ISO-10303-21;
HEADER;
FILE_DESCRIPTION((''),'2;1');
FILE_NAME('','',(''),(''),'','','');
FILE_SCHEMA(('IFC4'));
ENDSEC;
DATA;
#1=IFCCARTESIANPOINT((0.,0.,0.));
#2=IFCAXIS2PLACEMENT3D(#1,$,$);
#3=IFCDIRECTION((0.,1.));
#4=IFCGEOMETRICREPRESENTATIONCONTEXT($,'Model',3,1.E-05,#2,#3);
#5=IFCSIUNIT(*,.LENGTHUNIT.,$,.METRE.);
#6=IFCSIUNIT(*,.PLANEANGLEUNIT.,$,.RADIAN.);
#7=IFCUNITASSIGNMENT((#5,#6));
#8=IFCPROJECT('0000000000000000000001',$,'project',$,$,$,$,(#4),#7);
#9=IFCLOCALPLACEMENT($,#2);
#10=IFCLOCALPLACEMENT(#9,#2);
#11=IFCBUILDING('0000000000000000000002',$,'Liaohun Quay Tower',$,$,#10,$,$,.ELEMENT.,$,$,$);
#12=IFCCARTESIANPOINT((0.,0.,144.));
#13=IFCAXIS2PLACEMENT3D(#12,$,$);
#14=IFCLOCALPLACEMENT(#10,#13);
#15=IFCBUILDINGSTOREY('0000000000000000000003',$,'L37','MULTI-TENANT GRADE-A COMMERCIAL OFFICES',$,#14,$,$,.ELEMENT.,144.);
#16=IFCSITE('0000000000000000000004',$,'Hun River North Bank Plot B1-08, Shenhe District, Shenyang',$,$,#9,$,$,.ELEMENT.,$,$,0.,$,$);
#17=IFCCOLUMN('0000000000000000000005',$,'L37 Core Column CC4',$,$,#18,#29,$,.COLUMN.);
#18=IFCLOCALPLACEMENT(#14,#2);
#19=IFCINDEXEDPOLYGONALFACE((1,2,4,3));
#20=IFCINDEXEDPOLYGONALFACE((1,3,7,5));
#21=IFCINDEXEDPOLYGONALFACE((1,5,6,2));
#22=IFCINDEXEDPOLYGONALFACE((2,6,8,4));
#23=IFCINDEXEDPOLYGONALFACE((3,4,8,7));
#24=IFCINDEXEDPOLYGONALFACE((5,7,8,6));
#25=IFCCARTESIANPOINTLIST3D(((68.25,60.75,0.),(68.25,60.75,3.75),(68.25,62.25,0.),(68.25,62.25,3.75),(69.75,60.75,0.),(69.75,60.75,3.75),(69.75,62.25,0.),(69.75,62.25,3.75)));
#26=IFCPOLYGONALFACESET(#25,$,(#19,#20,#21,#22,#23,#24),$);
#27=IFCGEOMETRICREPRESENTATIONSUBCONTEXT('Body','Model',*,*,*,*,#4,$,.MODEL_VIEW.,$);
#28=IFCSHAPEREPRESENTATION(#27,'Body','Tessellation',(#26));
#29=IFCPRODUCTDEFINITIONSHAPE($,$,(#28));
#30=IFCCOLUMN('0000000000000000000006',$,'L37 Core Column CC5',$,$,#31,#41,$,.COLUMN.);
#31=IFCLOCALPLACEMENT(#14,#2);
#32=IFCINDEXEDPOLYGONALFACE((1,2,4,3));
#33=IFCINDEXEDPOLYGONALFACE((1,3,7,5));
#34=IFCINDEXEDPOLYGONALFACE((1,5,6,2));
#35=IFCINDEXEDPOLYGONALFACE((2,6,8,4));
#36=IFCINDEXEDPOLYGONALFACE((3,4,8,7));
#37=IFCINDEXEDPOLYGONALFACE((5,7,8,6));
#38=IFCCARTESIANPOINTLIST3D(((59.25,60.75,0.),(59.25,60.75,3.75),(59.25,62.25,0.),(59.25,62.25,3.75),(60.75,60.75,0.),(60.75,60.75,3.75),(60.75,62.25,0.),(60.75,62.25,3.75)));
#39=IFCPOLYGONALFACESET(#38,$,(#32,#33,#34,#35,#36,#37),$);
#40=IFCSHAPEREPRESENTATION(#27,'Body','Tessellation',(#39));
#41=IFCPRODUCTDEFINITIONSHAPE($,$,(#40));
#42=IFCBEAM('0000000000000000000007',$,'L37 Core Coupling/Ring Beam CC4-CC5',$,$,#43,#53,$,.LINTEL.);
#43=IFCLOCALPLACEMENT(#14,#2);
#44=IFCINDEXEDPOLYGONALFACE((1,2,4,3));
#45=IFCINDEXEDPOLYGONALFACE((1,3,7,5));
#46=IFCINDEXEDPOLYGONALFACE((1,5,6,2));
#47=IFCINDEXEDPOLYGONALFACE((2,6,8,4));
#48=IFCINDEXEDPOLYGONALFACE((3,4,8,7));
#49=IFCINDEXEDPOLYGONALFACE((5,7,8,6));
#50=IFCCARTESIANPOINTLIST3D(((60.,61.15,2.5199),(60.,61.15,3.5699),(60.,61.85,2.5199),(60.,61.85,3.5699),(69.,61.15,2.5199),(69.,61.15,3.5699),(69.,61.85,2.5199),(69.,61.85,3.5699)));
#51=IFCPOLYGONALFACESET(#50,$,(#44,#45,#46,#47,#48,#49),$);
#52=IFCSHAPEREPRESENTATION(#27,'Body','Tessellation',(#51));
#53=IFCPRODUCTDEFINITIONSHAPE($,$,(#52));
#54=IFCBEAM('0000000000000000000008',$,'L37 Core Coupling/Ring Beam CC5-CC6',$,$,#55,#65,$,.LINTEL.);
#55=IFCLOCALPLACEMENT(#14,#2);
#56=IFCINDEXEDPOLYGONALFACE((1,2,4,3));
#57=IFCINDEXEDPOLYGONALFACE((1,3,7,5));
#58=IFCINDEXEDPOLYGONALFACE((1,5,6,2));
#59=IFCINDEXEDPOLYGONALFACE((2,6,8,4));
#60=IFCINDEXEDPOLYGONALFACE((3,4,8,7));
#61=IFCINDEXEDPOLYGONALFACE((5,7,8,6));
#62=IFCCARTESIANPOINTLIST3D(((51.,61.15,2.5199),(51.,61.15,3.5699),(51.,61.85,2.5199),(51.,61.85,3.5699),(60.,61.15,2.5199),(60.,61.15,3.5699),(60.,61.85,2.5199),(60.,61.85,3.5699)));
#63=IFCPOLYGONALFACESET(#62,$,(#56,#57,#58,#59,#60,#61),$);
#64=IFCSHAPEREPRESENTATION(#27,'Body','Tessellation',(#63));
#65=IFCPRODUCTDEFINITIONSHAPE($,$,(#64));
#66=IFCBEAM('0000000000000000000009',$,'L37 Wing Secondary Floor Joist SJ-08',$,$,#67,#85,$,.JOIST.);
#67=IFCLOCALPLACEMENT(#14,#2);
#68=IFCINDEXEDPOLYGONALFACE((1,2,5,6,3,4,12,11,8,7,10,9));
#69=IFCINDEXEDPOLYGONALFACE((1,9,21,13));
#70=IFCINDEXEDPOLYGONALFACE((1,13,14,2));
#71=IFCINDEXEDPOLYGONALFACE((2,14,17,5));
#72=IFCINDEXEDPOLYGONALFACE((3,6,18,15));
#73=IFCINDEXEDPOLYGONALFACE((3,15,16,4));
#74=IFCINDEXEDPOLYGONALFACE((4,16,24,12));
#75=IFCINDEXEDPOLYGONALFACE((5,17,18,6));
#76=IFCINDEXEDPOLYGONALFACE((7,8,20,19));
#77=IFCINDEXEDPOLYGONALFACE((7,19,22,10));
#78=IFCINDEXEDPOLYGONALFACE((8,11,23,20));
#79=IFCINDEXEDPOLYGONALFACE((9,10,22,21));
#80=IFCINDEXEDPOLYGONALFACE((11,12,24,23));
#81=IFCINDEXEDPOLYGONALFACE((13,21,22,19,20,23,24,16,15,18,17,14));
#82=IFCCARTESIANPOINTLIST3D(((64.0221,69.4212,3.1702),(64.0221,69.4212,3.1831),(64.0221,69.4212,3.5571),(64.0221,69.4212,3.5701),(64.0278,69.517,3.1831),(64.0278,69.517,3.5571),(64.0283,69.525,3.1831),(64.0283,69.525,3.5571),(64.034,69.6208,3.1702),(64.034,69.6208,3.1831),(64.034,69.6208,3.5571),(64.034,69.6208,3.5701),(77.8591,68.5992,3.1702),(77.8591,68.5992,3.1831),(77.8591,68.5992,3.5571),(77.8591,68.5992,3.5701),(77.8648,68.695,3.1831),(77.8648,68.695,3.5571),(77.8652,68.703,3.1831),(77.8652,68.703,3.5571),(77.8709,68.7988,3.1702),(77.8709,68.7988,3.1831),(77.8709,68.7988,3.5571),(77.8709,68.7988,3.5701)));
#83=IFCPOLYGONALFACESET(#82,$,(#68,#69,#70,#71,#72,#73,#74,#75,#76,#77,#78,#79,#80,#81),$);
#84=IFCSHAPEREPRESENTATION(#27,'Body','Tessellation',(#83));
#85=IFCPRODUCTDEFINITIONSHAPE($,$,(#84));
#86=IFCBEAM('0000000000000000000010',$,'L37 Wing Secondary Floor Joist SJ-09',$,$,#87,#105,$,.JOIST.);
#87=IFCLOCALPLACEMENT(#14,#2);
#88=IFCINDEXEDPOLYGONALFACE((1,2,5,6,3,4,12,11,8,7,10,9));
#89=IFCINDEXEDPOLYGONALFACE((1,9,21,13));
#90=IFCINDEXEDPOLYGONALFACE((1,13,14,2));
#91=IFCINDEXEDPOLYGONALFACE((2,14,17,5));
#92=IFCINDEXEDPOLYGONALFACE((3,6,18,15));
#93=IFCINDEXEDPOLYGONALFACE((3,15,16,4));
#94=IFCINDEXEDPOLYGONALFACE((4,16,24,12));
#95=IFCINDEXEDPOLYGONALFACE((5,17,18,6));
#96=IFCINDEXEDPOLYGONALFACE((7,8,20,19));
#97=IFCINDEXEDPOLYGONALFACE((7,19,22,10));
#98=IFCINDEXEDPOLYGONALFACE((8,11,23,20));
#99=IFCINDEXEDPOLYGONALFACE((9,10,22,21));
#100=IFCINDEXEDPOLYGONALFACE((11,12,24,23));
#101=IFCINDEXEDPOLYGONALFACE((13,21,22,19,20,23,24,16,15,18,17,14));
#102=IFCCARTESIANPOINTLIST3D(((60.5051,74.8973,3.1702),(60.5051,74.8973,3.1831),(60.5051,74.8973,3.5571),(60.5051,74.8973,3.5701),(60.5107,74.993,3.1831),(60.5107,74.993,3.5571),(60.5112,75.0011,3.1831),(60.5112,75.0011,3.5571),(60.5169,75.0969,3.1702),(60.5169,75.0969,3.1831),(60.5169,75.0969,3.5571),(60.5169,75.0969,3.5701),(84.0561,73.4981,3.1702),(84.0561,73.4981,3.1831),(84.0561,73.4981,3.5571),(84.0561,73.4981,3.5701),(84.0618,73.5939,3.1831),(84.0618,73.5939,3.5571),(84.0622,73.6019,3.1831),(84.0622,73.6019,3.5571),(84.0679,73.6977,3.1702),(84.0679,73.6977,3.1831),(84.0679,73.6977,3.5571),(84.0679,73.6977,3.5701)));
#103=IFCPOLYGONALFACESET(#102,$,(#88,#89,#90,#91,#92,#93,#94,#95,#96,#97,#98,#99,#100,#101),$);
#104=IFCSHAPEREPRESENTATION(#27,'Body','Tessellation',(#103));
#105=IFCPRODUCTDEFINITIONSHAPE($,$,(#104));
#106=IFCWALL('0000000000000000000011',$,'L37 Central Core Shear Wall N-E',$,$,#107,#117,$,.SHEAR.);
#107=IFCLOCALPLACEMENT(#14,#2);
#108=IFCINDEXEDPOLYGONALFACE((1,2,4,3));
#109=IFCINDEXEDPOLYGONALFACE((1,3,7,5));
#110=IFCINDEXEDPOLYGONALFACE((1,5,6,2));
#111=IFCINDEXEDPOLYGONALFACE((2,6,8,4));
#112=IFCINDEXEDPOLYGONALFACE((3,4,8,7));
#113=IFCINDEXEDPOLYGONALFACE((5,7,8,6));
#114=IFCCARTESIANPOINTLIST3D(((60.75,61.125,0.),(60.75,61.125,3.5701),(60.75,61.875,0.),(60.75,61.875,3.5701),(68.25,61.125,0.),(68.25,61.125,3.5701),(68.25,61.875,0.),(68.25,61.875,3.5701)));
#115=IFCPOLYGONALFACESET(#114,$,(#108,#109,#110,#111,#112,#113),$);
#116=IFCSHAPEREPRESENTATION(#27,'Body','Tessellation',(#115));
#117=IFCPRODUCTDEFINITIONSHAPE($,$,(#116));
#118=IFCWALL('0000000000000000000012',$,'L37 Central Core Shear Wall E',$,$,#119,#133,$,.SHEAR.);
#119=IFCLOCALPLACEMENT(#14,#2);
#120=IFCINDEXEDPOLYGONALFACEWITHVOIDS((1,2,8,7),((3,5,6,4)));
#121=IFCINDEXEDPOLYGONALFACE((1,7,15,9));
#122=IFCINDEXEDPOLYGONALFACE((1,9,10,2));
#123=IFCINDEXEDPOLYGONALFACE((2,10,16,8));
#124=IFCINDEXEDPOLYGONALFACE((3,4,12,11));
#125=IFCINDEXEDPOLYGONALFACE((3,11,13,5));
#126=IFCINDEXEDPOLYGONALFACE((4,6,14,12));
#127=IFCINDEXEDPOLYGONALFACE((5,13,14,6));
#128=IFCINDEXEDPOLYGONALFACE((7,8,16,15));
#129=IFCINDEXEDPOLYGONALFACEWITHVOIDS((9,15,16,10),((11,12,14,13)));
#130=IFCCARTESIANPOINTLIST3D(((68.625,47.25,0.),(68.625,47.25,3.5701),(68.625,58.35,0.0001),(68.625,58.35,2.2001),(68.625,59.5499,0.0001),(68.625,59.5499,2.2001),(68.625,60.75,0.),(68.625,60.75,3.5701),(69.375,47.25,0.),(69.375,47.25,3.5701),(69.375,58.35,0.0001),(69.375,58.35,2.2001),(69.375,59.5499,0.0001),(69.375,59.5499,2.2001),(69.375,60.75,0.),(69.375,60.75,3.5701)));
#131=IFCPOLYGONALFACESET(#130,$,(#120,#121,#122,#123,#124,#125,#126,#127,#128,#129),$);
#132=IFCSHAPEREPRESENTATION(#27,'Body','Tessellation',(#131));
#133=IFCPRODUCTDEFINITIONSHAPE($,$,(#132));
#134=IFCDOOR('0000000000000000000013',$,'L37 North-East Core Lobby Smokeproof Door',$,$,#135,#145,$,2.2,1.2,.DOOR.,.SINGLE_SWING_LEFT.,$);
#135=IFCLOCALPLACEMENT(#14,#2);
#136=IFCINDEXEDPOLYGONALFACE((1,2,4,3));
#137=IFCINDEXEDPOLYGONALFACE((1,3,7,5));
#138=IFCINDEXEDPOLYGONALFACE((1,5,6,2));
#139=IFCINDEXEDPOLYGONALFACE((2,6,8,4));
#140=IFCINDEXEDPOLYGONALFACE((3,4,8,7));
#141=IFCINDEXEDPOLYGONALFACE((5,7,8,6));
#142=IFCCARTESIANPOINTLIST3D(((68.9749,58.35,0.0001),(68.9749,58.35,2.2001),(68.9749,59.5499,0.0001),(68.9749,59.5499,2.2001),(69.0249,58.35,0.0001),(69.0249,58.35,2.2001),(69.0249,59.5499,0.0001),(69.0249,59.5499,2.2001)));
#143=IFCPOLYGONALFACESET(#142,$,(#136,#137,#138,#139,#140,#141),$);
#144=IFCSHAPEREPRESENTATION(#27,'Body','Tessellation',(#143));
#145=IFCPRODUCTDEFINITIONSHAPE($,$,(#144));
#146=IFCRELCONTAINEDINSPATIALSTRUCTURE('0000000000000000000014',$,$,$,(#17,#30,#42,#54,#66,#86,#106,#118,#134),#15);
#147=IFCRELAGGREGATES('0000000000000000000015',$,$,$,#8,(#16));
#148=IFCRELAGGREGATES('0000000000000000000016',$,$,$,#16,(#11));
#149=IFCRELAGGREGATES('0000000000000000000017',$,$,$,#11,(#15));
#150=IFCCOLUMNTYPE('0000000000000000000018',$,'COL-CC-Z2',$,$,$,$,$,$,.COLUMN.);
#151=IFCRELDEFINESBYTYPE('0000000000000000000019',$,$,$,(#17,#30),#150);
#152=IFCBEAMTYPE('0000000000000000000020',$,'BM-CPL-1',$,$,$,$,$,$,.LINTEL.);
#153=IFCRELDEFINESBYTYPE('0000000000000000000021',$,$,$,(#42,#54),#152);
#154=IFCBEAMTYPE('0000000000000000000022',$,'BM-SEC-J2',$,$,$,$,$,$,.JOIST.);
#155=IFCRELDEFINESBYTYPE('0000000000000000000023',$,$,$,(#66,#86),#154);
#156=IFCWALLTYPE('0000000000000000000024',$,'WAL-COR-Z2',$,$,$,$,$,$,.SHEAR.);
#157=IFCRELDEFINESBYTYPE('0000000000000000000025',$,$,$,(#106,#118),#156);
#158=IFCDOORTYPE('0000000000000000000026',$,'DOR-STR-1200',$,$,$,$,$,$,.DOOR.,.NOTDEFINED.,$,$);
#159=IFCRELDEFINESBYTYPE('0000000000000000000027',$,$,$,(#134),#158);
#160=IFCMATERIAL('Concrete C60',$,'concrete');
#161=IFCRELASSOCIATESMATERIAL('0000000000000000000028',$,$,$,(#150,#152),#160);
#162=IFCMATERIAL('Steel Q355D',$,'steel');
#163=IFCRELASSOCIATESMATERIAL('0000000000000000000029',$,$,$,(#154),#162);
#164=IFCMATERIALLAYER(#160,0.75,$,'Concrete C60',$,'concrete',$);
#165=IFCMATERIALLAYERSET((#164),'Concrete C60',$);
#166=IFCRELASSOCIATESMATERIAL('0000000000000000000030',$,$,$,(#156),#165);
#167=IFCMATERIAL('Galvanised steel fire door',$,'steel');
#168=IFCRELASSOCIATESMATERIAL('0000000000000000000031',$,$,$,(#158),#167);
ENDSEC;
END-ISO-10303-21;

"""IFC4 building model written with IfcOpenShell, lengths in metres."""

from ifc_helpers import new_model, si_unit, direction, frame, frame_2d, origin, origin_2d, place, context, subcontext, project, spatial, rectangle, i_section, extrude, source, transform, mapped, material, layer, layer_set, material_profile, profile_set, type_object, element, fill, save


model = new_model("IFC4")

# Units and contexts
model_context = context("Model", 3, precision=1e-05, world=origin(), true_north=direction((0.0, 1.0)))
body_context = subcontext(model_context, "Body", "Model", "MODEL_VIEW")
ifc_project = project(units=[si_unit("LENGTHUNIT", "METRE"), si_unit("PLANEANGLEUNIT", "RADIAN")], contexts=[model_context])

# Site, building, storey
site_placement = place(None, origin())
site = spatial("IfcSite", under=ifc_project, at=site_placement, Name="Hun River North Bank Plot B1-08, Shenhe District, Shenyang", CompositionType="ELEMENT", RefElevation=0.0)
building_placement = place(site_placement, origin())
building = spatial("IfcBuilding", under=site, at=building_placement, Name="Liaohun Quay Tower", CompositionType="ELEMENT")
storey_placement = place(building_placement, frame((0.0, 0.0, 144.0)))
storey = spatial("IfcBuildingStorey", under=building, at=storey_placement, Name="L37", Description="MULTI-TENANT GRADE-A COMMERCIAL OFFICES", CompositionType="ELEMENT", Elevation=144.0)

# Columns
ifc_material_1 = material(Name="Concrete C60", Category="concrete")
ifc_material_profile_1 = material_profile(ifc_material_1, rectangle(XDim=1.5, YDim=1.5, at=origin_2d()), Name="RC1500x1500")
ifc_profile_set_1 = profile_set([ifc_material_profile_1], Name="Concrete C60")
column_type = type_object("IfcColumnType", Name="COL-CC-Z2", PredefinedType="COLUMN", material=ifc_profile_set_1)
shared_shape_1 = source(origin(), body_context, "Body", "SweptSolid", [
    extrude(rectangle(XDim=1.5, YDim=1.5, at=origin_2d()), origin(), (0.0, 0.0, 1.0), 3.75),
])
for number, where, z_axis, x_axis, name in (
    (1, (69.0, 61.5, 0.0), (0.0, 0.0, 1.0), (1.0, 0.0, 0.0), "L37 Core Column CC4"),
    (2, (60.0, 61.5, 0.0), (0.0, 0.0, 1.0), (1.0, 0.0, 0.0), "L37 Core Column CC5"),
):
    element("IfcColumn", number, at=place(storey_placement, frame(where, z_axis=z_axis, x_axis=x_axis)), inside=storey, type_object=column_type, Name=name, PredefinedType="COLUMN", context=body_context, shape_type="MappedRepresentation", body=[
        mapped(shared_shape_1, transform((0.0, 0.0, 0.0), x_axis=(1.0, 0.0, 0.0), y_axis=(0.0, 1.0, 0.0), z_axis=(0.0, 0.0, 1.0), scale=1.0)),
    ])

# Beams
ifc_material_profile_2 = material_profile(ifc_material_1, rectangle(XDim=0.7, YDim=1.05, at=origin_2d()), Name="RC700x1050")
ifc_profile_set_2 = profile_set([ifc_material_profile_2], Name="Concrete C60")
beam_type_1 = type_object("IfcBeamType", Name="BM-CPL-1", PredefinedType="LINTEL", material=ifc_profile_set_2)
shared_shape_2 = source(origin(), body_context, "Body", "SweptSolid", [
    extrude(rectangle(XDim=0.7, YDim=1.05, at=origin_2d()), origin(), (0.0, 0.0, 1.0), 9.0),
])
for number, where, z_axis, x_axis, name in (
    (3, (69.0, 61.5, 3.0449), (-1.0, 0.0, 0.0), (0.0, -1.0, 0.0), "L37 Core Coupling/Ring Beam CC4-CC5"),
    (4, (60.0, 61.5, 3.0449), (-1.0, 0.0, 0.0), (0.0, -1.0, 0.0), "L37 Core Coupling/Ring Beam CC5-CC6"),
):
    element("IfcBeam", number, at=place(storey_placement, frame(where, z_axis=z_axis, x_axis=x_axis)), inside=storey, type_object=beam_type_1, Name=name, PredefinedType="LINTEL", context=body_context, shape_type="MappedRepresentation", body=[
        mapped(shared_shape_2, transform((0.0, 0.0, 0.0), x_axis=(1.0, 0.0, 0.0), y_axis=(0.0, 1.0, 0.0), z_axis=(0.0, 0.0, 1.0), scale=1.0)),
    ])
ifc_material_2 = material(Name="Steel Q355D", Category="steel")
ifc_material_profile_3 = material_profile(ifc_material_2, i_section(OverallWidth=0.2, OverallDepth=0.3999, WebThickness=0.0081, FlangeThickness=0.0129, at=origin_2d()), Name="HN400x200x8x13")
ifc_profile_set_3 = profile_set([ifc_material_profile_3], Name="Steel Q355D")
beam_type_2 = type_object("IfcBeamType", Name="BM-SEC-J2", PredefinedType="JOIST", material=ifc_profile_set_3)
shared_shape_3 = source(origin(), body_context, "Body", "SweptSolid", [
    extrude(i_section(OverallWidth=0.2, OverallDepth=0.3999, WebThickness=0.0081, FlangeThickness=0.0129, at=origin_2d()), origin(), (0.0, 0.0, 1.0), 13.8613),
])
beam_1_placement = place(storey_placement, frame((64.0281, 69.521, 3.3701), z_axis=(0.99824, -0.059303, 0.0), x_axis=(0.059303, 0.99824, 0.0)))
element("IfcBeam", 5, at=beam_1_placement, inside=storey, type_object=beam_type_2, Name="L37 Wing Secondary Floor Joist SJ-08", PredefinedType="JOIST", context=body_context, shape_type="MappedRepresentation", body=[
    mapped(shared_shape_3, transform((0.0, 0.0, 0.0), x_axis=(1.0, 0.0, 0.0), y_axis=(0.0, 1.0, 0.0), z_axis=(0.0, 0.0, 1.0), scale=1.0)),
])
shared_shape_4 = source(origin(), body_context, "Body", "SweptSolid", [
    extrude(i_section(OverallWidth=0.2, OverallDepth=0.3999, WebThickness=0.0081, FlangeThickness=0.0129, at=origin_2d()), origin(), (0.0, 0.0, 1.0), 23.5925),
])
beam_2_placement = place(storey_placement, frame((60.511, 74.9971, 3.3701), z_axis=(0.99824, -0.059306, 0.0), x_axis=(0.059306, 0.99824, 0.0)))
element("IfcBeam", 6, at=beam_2_placement, inside=storey, type_object=beam_type_2, Name="L37 Wing Secondary Floor Joist SJ-09", PredefinedType="JOIST", context=body_context, shape_type="MappedRepresentation", body=[
    mapped(shared_shape_4, transform((0.0, 0.0, 0.0), x_axis=(1.0, 0.0, 0.0), y_axis=(0.0, 1.0, 0.0), z_axis=(0.0, 0.0, 1.0), scale=1.0)),
])

# Wall
ifc_layer_1 = layer(ifc_material_1, 0.75, Name="Concrete C60", Category="concrete")
ifc_layer_set_1 = layer_set([ifc_layer_1], Name="Concrete C60")
wall_type_1 = type_object("IfcWallType", Name="WAL-COR-Z2", PredefinedType="SHEAR", material=ifc_layer_set_1)
wall_1_placement = place(storey_placement, frame((60.75, 61.5, 0.0), z_axis=(0.0, 0.0, 1.0), x_axis=(1.0, 0.0, 0.0)))
element("IfcWall", 7, at=wall_1_placement, inside=storey, type_object=wall_type_1, Name="L37 Central Core Shear Wall N-E", PredefinedType="SHEAR", context=body_context, shape_type="SweptSolid", body=[
    extrude(rectangle(XDim=7.5, YDim=0.75, at=frame_2d((3.75, 0.0))), origin(), (0.0, 0.0, 1.0), 3.5701),
])

# Wall, opening, door
wall_2_placement = place(storey_placement, frame((69.0, 60.75, 0.0), z_axis=(0.0, 0.0, 1.0), x_axis=(0.0, -1.0, 0.0)))
wall_2 = element("IfcWall", 8, at=wall_2_placement, inside=storey, type_object=wall_type_1, Name="L37 Central Core Shear Wall E", PredefinedType="SHEAR", context=body_context, shape_type="SweptSolid", body=[
    extrude(rectangle(XDim=13.5, YDim=0.75, at=frame_2d((6.75, 0.0))), origin(), (0.0, 0.0, 1.0), 3.5701),
])
shared_shape_5 = source(origin(), body_context, "Body", "SweptSolid", [
    extrude(rectangle(XDim=1.2, YDim=2.2, at=frame_2d((0.6001, 1.1001))), frame((0.0, 0.385, 0.0), z_axis=(0.0, -1.0, 0.0), x_axis=(1.0, 0.0, 0.0)), (0.0, 0.0, 1.0), 0.77),
])
opening_1_placement = place(wall_2_placement, frame((1.2, 0.0, 0.0)))
opening_1 = element("IfcOpeningElement", 9, at=opening_1_placement, cuts=wall_2, PredefinedType="OPENING", context=body_context, shape_type="MappedRepresentation", body=[
    mapped(shared_shape_5, transform((0.0, 0.0, 0.0), x_axis=(1.0, 0.0, 0.0), y_axis=(0.0, 1.0, 0.0), z_axis=(0.0, 0.0, 1.0), scale=1.0)),
])
ifc_material_3 = material(Name="Galvanised steel fire door", Category="steel")
door_type_1 = type_object("IfcDoorType", Name="DOR-STR-1200", OperationType="NOTDEFINED", PredefinedType="DOOR", material=ifc_material_3)
shared_shape_6 = source(origin(), body_context, "Body", "SweptSolid", [
    extrude(rectangle(XDim=1.2, YDim=2.2, at=frame_2d((0.6001, 1.1001))), frame((0.0, 0.0249, 0.0), z_axis=(0.0, -1.0, 0.0), x_axis=(1.0, 0.0, 0.0)), (0.0, 0.0, 1.0), 0.05),
])
door_1_placement = place(opening_1_placement, origin())
door_1 = element("IfcDoor", 10, at=door_1_placement, inside=storey, type_object=door_type_1, Name="L37 North-East Core Lobby Smokeproof Door", OperationType="SINGLE_SWING_LEFT", OverallHeight=2.2, OverallWidth=1.2, PredefinedType="DOOR", context=body_context, shape_type="MappedRepresentation", body=[
    mapped(shared_shape_6, transform((0.0, 0.0, 0.0), x_axis=(1.0, 0.0, 0.0), y_axis=(0.0, 1.0, 0.0), z_axis=(0.0, 0.0, 1.0), scale=1.0)),
])
fill(opening_1, door_1)

save(model, "model.ifc")
